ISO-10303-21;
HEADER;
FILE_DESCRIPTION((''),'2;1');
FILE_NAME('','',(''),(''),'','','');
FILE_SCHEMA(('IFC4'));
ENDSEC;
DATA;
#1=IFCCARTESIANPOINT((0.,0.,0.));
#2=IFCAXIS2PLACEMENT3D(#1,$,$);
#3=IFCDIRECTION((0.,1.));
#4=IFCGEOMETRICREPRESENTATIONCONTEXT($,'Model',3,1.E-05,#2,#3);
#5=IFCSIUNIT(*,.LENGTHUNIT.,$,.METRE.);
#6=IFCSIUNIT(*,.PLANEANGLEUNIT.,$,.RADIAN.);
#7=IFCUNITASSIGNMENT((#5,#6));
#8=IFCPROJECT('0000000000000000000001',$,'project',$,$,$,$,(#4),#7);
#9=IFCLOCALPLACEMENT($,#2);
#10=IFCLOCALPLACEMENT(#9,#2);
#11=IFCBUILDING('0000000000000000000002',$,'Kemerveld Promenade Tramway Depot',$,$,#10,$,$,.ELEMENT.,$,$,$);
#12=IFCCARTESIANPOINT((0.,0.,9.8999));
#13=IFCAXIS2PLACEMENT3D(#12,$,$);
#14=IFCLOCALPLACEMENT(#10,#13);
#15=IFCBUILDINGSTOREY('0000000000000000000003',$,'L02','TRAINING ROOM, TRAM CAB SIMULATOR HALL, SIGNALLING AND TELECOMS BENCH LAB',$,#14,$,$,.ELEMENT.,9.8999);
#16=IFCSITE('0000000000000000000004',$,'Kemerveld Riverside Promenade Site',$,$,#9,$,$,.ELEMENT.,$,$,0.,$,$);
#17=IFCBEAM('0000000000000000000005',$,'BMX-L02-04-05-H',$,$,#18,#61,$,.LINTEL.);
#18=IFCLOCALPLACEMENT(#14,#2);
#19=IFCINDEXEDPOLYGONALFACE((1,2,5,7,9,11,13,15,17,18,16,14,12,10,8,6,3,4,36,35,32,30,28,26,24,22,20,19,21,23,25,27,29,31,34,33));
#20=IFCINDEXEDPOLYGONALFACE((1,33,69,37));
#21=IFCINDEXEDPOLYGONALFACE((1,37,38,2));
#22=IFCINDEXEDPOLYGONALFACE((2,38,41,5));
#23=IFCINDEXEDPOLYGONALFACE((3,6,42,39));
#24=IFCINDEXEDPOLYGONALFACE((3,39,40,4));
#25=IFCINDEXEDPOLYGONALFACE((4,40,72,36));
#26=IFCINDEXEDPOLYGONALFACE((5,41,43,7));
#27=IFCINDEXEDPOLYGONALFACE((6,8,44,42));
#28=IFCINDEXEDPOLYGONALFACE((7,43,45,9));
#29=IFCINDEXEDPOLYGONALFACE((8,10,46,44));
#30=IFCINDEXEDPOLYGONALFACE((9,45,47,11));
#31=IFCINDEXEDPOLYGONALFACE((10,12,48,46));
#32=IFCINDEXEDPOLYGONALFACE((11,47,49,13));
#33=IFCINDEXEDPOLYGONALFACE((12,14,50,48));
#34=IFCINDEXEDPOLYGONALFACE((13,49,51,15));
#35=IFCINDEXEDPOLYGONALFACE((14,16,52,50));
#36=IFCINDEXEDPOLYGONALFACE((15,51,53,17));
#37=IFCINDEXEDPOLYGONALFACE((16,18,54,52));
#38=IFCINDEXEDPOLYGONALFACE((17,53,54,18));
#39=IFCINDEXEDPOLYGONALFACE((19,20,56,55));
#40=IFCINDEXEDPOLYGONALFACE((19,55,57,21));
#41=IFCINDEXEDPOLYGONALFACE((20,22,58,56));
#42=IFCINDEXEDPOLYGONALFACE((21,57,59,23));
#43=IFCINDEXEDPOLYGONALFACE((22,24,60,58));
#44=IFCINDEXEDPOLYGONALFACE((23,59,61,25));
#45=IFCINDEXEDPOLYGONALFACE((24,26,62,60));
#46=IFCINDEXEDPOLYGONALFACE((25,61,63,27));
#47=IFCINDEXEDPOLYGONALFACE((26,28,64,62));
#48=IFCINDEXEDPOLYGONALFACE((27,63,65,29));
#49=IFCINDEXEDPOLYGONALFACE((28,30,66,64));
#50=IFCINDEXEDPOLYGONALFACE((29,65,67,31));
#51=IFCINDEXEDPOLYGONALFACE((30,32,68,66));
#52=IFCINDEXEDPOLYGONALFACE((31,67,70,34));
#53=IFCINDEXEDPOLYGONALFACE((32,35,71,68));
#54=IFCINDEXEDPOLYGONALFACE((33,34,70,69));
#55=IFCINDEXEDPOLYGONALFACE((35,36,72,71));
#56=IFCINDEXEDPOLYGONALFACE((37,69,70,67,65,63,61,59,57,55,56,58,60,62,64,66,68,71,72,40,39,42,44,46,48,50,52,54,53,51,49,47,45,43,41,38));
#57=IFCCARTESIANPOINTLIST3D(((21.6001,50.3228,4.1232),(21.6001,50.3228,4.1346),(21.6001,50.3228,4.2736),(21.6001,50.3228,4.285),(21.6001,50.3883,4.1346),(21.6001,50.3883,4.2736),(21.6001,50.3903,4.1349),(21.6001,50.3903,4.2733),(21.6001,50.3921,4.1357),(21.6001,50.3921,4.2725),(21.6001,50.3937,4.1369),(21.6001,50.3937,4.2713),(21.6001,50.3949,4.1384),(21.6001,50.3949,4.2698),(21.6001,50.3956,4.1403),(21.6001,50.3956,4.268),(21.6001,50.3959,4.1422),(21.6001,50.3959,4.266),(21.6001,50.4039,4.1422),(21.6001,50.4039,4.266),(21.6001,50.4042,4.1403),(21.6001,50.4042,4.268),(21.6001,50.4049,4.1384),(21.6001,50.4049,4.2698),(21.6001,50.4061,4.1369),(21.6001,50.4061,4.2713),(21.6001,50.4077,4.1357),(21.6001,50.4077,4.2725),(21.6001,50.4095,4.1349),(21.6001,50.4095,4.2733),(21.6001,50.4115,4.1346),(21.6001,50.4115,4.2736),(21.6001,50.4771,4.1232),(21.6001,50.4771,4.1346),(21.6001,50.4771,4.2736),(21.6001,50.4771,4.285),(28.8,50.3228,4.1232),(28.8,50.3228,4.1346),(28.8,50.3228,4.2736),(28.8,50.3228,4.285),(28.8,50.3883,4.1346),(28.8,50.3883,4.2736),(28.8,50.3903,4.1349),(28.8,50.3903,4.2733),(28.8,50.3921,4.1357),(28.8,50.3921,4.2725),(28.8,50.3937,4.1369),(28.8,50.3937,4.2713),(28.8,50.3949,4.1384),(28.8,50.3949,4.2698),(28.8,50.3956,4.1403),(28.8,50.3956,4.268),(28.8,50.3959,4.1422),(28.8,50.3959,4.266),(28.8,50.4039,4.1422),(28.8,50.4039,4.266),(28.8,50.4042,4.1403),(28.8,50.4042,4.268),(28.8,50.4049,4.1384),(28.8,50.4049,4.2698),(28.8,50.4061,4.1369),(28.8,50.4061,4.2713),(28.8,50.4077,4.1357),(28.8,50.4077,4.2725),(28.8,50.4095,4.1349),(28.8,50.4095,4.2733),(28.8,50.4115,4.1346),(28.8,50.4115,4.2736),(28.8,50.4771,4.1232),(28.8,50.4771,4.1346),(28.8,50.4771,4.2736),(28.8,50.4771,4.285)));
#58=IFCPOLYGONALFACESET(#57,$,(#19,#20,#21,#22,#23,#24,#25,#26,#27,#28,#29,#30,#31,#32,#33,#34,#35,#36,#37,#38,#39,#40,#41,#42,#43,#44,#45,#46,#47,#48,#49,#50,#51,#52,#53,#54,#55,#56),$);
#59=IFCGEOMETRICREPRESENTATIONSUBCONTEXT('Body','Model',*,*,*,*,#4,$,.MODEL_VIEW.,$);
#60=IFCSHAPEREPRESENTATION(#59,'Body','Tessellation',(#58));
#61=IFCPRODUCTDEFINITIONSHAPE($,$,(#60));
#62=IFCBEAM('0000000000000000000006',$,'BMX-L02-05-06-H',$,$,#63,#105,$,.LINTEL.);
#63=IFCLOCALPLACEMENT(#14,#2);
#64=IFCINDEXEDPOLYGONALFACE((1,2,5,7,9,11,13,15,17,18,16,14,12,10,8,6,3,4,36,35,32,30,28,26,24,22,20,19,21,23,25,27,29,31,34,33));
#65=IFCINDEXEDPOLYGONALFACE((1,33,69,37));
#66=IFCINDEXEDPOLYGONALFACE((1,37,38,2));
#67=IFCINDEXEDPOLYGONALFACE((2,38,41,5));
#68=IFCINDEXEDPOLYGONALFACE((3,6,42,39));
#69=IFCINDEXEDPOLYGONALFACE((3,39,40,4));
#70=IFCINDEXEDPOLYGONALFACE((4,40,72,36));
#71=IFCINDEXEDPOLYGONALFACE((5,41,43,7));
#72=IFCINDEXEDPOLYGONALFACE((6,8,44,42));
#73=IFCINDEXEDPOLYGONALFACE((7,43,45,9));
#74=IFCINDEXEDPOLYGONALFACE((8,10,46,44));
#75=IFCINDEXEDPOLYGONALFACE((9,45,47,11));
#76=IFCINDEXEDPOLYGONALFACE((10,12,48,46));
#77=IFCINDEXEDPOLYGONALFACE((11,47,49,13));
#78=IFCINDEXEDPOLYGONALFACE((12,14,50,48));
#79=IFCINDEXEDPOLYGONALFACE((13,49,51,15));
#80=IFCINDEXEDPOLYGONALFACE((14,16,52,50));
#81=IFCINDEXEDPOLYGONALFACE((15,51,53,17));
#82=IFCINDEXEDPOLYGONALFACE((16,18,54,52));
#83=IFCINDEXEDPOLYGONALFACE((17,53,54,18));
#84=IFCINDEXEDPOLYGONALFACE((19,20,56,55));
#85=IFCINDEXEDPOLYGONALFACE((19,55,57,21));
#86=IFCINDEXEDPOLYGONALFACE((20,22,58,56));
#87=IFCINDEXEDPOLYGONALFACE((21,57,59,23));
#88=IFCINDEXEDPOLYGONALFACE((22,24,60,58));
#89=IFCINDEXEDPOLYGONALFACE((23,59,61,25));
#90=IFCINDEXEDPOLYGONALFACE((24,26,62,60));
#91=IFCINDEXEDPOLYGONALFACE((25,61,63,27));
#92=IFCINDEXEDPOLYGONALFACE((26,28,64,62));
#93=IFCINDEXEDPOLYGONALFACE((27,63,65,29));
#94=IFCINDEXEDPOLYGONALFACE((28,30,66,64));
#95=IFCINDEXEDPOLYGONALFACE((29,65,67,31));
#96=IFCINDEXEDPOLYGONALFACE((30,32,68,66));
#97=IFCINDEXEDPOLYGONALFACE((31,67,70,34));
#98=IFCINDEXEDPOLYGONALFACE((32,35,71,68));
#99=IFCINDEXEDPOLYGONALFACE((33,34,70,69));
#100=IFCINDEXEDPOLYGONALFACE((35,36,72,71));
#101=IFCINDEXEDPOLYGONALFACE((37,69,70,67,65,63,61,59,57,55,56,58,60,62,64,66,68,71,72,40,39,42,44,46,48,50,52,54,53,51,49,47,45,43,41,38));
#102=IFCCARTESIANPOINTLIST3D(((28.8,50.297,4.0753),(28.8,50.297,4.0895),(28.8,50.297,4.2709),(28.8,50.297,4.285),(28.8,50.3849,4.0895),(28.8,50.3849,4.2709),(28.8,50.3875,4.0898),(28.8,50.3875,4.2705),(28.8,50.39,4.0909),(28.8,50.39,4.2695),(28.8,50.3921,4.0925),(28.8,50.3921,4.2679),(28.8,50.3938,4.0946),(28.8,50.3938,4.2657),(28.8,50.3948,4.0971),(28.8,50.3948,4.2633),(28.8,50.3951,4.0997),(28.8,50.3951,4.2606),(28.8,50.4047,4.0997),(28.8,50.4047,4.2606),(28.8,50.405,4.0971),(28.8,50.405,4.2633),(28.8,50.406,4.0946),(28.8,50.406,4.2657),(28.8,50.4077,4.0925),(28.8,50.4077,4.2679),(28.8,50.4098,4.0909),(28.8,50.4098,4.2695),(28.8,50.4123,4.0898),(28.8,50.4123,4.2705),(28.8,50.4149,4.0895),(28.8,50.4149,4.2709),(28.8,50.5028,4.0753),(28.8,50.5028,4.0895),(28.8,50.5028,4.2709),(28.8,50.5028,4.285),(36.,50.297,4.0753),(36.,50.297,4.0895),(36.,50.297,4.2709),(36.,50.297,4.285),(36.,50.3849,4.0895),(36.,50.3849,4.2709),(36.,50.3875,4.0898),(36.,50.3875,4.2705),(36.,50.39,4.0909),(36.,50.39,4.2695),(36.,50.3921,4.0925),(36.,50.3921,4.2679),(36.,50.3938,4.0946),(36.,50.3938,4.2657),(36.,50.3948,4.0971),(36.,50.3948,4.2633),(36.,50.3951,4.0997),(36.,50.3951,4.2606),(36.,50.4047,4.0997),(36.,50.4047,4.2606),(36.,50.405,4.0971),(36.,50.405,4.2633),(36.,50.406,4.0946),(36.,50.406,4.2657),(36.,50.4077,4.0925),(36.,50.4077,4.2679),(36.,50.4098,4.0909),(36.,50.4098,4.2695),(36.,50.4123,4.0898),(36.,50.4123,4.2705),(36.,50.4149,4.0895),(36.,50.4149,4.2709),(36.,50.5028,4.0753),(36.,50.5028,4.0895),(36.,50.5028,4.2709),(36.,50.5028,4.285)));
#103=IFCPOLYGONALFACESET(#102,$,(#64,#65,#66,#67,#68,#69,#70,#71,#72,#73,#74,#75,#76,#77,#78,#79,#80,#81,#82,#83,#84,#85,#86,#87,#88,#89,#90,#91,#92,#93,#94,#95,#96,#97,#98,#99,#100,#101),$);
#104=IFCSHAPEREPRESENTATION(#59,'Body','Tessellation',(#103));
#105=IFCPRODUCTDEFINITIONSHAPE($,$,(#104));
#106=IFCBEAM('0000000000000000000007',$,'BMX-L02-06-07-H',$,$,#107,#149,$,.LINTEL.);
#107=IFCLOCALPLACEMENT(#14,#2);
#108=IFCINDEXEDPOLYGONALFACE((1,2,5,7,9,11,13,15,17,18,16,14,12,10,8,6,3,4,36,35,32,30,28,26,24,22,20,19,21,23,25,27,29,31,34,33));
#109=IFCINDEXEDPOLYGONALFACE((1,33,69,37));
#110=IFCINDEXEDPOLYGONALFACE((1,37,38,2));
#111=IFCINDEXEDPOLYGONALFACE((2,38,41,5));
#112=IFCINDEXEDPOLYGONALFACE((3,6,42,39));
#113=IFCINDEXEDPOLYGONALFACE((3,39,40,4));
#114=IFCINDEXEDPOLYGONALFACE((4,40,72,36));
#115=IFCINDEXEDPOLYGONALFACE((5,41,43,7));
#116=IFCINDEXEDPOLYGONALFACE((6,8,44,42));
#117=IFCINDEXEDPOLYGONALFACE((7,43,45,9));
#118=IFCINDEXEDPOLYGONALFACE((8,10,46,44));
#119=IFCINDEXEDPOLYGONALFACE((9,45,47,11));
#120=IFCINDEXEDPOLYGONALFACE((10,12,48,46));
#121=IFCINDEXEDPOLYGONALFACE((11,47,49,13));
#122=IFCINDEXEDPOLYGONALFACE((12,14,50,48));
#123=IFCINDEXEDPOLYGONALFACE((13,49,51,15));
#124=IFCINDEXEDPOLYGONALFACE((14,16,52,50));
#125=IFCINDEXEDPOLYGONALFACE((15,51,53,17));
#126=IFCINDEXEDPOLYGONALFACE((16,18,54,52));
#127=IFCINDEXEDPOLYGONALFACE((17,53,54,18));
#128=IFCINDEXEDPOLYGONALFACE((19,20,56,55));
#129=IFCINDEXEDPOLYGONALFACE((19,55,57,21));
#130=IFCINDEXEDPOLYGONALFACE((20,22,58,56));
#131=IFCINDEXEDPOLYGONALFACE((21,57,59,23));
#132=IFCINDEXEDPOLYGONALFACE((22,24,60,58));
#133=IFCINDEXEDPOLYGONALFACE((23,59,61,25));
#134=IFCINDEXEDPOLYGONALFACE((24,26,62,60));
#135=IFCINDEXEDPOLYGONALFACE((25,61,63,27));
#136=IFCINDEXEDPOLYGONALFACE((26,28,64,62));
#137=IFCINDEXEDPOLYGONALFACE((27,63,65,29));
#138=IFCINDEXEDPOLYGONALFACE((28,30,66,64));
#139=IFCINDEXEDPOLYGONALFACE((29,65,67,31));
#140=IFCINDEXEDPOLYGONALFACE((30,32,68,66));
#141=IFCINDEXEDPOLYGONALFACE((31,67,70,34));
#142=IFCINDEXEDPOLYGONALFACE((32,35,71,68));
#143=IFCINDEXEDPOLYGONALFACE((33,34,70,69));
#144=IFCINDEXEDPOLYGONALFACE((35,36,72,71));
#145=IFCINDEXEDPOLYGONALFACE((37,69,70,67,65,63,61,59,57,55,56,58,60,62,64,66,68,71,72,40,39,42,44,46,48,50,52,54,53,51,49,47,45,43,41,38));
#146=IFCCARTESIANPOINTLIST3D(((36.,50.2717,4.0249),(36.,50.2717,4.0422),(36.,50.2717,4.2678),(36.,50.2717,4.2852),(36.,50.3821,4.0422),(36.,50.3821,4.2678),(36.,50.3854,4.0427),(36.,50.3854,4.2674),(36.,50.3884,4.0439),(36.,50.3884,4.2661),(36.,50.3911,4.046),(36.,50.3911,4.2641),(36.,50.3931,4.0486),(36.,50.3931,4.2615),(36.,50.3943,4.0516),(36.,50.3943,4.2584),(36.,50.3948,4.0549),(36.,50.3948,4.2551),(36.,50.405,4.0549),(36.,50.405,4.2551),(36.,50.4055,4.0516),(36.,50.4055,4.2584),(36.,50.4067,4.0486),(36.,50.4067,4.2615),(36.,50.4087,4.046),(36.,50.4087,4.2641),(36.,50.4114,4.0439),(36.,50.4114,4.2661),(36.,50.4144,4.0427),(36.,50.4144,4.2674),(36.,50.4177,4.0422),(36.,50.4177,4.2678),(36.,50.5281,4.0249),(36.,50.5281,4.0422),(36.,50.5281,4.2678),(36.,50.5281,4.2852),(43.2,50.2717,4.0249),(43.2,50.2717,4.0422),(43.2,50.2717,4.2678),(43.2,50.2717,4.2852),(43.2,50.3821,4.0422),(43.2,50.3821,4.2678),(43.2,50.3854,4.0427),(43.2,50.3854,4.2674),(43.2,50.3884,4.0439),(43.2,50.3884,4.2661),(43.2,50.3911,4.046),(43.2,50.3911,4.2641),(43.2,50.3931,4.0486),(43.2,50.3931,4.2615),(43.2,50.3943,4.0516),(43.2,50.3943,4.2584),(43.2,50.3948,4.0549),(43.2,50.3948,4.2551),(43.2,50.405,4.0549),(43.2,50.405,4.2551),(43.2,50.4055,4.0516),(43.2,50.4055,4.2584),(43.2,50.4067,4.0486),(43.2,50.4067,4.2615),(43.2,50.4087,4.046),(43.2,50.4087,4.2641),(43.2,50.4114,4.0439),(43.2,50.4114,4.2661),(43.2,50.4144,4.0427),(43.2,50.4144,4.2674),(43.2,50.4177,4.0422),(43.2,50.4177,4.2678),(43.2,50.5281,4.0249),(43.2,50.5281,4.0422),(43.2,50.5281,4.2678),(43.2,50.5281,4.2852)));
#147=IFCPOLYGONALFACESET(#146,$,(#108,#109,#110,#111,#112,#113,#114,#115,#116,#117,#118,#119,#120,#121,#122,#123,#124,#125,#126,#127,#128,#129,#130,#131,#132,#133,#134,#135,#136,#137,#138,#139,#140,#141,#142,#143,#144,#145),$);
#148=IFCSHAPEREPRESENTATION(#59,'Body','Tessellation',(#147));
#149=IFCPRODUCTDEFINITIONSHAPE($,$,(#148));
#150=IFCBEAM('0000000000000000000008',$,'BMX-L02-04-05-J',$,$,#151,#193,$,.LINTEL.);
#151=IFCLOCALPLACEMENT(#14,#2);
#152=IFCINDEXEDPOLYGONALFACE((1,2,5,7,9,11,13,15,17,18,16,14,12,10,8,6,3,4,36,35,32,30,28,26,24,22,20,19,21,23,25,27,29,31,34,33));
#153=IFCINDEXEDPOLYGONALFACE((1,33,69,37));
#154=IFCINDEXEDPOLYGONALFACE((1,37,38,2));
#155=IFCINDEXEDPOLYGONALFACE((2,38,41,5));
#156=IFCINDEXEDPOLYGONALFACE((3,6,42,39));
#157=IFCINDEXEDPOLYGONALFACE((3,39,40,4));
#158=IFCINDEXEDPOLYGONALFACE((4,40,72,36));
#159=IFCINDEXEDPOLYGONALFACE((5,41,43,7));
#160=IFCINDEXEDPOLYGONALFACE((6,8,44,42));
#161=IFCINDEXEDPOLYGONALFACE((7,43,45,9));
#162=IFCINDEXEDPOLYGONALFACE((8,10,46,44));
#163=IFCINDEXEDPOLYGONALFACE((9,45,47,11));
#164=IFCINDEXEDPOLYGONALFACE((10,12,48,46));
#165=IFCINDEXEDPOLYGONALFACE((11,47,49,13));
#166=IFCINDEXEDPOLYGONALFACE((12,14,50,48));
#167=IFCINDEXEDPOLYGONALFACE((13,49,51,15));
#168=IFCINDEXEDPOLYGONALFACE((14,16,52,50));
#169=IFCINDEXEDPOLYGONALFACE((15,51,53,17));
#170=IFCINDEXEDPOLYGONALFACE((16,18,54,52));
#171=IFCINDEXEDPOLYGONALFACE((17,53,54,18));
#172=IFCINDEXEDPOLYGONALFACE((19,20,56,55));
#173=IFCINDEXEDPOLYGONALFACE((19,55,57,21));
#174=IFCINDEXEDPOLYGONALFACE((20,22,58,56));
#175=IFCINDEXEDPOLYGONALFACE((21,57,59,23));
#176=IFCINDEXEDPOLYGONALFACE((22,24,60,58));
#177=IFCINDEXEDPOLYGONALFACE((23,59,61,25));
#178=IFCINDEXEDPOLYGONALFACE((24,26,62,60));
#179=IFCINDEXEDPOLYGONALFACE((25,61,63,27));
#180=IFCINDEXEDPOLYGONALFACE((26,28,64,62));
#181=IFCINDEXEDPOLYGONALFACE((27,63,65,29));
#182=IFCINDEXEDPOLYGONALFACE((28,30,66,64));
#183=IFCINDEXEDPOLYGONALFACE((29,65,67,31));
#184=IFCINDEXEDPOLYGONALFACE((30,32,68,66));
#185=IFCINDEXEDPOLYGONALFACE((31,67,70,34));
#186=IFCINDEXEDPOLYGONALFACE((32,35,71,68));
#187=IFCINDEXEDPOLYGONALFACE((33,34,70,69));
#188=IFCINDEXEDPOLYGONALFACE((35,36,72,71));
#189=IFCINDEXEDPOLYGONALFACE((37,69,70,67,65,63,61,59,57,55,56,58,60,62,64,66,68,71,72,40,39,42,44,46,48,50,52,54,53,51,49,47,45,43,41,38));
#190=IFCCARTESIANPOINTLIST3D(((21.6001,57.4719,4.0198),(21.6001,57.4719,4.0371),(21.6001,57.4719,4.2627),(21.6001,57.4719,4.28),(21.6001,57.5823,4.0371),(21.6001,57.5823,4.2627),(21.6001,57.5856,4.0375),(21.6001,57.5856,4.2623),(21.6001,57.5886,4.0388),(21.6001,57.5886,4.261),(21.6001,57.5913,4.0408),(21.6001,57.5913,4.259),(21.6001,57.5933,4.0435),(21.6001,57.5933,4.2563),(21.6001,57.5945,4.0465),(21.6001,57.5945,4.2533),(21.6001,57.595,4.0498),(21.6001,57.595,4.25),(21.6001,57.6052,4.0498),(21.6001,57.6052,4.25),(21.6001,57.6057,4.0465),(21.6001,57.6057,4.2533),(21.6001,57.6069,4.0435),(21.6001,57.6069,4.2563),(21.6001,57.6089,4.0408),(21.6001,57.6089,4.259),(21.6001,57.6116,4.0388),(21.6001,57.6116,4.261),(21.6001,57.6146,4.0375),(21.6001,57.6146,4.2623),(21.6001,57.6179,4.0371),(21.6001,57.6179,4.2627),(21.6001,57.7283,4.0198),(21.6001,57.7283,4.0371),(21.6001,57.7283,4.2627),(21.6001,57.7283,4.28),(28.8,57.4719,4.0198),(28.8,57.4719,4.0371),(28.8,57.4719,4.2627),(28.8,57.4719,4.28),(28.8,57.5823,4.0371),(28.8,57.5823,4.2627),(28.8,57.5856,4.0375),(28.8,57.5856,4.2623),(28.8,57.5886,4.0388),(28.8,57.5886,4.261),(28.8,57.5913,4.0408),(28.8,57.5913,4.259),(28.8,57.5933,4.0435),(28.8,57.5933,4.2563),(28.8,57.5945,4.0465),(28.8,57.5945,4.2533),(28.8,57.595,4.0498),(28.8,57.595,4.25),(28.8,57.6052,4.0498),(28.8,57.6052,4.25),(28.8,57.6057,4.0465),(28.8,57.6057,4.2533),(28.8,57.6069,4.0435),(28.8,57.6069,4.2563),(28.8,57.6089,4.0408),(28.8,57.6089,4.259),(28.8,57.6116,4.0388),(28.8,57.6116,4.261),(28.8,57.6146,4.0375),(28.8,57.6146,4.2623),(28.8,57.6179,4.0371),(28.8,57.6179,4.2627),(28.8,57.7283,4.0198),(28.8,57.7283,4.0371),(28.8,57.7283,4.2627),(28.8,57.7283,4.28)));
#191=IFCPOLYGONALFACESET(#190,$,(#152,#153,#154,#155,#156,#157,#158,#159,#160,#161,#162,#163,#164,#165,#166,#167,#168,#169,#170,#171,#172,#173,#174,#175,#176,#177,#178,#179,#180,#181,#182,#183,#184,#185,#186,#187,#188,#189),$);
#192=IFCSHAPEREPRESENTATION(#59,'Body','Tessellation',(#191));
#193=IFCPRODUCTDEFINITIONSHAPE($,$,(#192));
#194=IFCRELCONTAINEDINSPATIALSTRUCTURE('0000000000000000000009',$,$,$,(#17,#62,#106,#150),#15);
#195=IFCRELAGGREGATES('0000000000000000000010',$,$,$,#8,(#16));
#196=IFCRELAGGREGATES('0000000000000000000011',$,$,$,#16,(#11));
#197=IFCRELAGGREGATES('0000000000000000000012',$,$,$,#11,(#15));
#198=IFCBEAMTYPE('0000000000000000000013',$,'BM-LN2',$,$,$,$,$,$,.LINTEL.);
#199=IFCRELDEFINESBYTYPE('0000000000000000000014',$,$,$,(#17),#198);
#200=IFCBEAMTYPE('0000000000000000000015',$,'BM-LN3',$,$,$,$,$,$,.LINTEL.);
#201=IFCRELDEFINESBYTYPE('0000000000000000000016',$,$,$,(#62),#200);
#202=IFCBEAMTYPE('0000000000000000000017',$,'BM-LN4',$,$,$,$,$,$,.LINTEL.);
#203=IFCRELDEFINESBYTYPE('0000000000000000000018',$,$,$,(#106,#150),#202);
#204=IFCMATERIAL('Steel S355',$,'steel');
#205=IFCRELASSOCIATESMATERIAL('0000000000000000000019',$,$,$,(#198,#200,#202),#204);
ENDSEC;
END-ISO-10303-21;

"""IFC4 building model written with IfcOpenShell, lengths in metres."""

from ifc_helpers import new_model, si_unit, direction, frame, origin, origin_2d, place, context, subcontext, project, spatial, i_section, extrude, material, material_profile, profile_set, type_object, element, save


model = new_model("IFC4")

# Units and contexts
model_context = context("Model", 3, precision=1e-05, world=origin(), true_north=direction((0.0, 1.0)))
body_context = subcontext(model_context, "Body", "Model", "MODEL_VIEW")
ifc_project = project(units=[si_unit("LENGTHUNIT", "METRE"), si_unit("PLANEANGLEUNIT", "RADIAN")], contexts=[model_context])

# Site, building, storey
site_placement = place(None, origin())
site = spatial("IfcSite", under=ifc_project, at=site_placement, Name="Kemerveld Riverside Promenade Site", CompositionType="ELEMENT", RefElevation=0.0)
building_placement = place(site_placement, origin())
building = spatial("IfcBuilding", under=site, at=building_placement, Name="Kemerveld Promenade Tramway Depot", CompositionType="ELEMENT")
storey_placement = place(building_placement, frame((0.0, 0.0, 9.8999)))
storey = spatial("IfcBuildingStorey", under=building, at=storey_placement, Name="L02", Description="TRAINING ROOM, TRAM CAB SIMULATOR HALL, SIGNALLING AND TELECOMS BENCH LAB", CompositionType="ELEMENT", Elevation=9.8999)

# Shared definitions
ifc_material_1 = material(Name="Steel S355", Category="steel")

# Beams
ifc_material_profile_1 = material_profile(ifc_material_1, i_section(OverallWidth=0.1543, OverallDepth=0.1619, WebThickness=0.0081, FlangeThickness=0.0115, FilletRadius=0.0076, at=origin_2d()), Name="152x152x37 UC")
ifc_profile_set_1 = profile_set([ifc_material_profile_1], Name="Steel S355")
beam_type_1 = type_object("IfcBeamType", Name="BM-LN2", PredefinedType="LINTEL", material=ifc_profile_set_1)
beam_1_placement = place(storey_placement, frame((21.6001, 50.3999, 4.2041), z_axis=(1.0, 0.0, 0.0), x_axis=(0.0, 1.0, 0.0)))
element("IfcBeam", 1, at=beam_1_placement, inside=storey, type_object=beam_type_1, Name="BMX-L02-04-05-H", PredefinedType="LINTEL", context=body_context, shape_type="SweptSolid", body=[
    extrude(i_section(OverallWidth=0.1543, OverallDepth=0.1619, WebThickness=0.0081, FlangeThickness=0.0115, FilletRadius=0.0076, at=origin_2d()), origin(), (0.0, 0.0, 1.0), 7.2),
])
ifc_material_profile_2 = material_profile(ifc_material_1, i_section(OverallWidth=0.2058, OverallDepth=0.2097, WebThickness=0.0095, FlangeThickness=0.0142, FilletRadius=0.0103, at=origin_2d()), Name="203x203x60 UC")
ifc_profile_set_2 = profile_set([ifc_material_profile_2], Name="Steel S355")
beam_type_2 = type_object("IfcBeamType", Name="BM-LN3", PredefinedType="LINTEL", material=ifc_profile_set_2)
beam_2_placement = place(storey_placement, frame((28.8, 50.3999, 4.1802), z_axis=(1.0, 0.0, 0.0), x_axis=(0.0, 1.0, 0.0)))
element("IfcBeam", 2, at=beam_2_placement, inside=storey, type_object=beam_type_2, Name="BMX-L02-05-06-H", PredefinedType="LINTEL", context=body_context, shape_type="SweptSolid", body=[
    extrude(i_section(OverallWidth=0.2058, OverallDepth=0.2097, WebThickness=0.0095, FlangeThickness=0.0142, FilletRadius=0.0103, at=origin_2d()), origin(), (0.0, 0.0, 1.0), 7.2),
])
ifc_material_profile_3 = material_profile(ifc_material_1, i_section(OverallWidth=0.2563, OverallDepth=0.2603, WebThickness=0.0103, FlangeThickness=0.0173, FilletRadius=0.0127, at=origin_2d()), Name="254x254x89 UC")
ifc_profile_set_3 = profile_set([ifc_material_profile_3], Name="Steel S355")
beam_type_3 = type_object("IfcBeamType", Name="BM-LN4", PredefinedType="LINTEL", material=ifc_profile_set_3)
for number, where, z_axis, x_axis, name in (
    (3, (36.0, 50.3999, 4.155), (1.0, 0.0, 0.0), (0.0, 1.0, 0.0), "BMX-L02-06-07-H"),
    (4, (21.6001, 57.6001, 4.1499), (1.0, 0.0, 0.0), (0.0, 1.0, 0.0), "BMX-L02-04-05-J"),
):
    element("IfcBeam", number, at=place(storey_placement, frame(where, z_axis=z_axis, x_axis=x_axis)), inside=storey, type_object=beam_type_3, Name=name, PredefinedType="LINTEL", context=body_context, shape_type="SweptSolid", body=[
        extrude(i_section(OverallWidth=0.2563, OverallDepth=0.2603, WebThickness=0.0103, FlangeThickness=0.0173, FilletRadius=0.0127, at=origin_2d()), origin(), (0.0, 0.0, 1.0), 7.2),
    ])

save(model, "model.ifc")
